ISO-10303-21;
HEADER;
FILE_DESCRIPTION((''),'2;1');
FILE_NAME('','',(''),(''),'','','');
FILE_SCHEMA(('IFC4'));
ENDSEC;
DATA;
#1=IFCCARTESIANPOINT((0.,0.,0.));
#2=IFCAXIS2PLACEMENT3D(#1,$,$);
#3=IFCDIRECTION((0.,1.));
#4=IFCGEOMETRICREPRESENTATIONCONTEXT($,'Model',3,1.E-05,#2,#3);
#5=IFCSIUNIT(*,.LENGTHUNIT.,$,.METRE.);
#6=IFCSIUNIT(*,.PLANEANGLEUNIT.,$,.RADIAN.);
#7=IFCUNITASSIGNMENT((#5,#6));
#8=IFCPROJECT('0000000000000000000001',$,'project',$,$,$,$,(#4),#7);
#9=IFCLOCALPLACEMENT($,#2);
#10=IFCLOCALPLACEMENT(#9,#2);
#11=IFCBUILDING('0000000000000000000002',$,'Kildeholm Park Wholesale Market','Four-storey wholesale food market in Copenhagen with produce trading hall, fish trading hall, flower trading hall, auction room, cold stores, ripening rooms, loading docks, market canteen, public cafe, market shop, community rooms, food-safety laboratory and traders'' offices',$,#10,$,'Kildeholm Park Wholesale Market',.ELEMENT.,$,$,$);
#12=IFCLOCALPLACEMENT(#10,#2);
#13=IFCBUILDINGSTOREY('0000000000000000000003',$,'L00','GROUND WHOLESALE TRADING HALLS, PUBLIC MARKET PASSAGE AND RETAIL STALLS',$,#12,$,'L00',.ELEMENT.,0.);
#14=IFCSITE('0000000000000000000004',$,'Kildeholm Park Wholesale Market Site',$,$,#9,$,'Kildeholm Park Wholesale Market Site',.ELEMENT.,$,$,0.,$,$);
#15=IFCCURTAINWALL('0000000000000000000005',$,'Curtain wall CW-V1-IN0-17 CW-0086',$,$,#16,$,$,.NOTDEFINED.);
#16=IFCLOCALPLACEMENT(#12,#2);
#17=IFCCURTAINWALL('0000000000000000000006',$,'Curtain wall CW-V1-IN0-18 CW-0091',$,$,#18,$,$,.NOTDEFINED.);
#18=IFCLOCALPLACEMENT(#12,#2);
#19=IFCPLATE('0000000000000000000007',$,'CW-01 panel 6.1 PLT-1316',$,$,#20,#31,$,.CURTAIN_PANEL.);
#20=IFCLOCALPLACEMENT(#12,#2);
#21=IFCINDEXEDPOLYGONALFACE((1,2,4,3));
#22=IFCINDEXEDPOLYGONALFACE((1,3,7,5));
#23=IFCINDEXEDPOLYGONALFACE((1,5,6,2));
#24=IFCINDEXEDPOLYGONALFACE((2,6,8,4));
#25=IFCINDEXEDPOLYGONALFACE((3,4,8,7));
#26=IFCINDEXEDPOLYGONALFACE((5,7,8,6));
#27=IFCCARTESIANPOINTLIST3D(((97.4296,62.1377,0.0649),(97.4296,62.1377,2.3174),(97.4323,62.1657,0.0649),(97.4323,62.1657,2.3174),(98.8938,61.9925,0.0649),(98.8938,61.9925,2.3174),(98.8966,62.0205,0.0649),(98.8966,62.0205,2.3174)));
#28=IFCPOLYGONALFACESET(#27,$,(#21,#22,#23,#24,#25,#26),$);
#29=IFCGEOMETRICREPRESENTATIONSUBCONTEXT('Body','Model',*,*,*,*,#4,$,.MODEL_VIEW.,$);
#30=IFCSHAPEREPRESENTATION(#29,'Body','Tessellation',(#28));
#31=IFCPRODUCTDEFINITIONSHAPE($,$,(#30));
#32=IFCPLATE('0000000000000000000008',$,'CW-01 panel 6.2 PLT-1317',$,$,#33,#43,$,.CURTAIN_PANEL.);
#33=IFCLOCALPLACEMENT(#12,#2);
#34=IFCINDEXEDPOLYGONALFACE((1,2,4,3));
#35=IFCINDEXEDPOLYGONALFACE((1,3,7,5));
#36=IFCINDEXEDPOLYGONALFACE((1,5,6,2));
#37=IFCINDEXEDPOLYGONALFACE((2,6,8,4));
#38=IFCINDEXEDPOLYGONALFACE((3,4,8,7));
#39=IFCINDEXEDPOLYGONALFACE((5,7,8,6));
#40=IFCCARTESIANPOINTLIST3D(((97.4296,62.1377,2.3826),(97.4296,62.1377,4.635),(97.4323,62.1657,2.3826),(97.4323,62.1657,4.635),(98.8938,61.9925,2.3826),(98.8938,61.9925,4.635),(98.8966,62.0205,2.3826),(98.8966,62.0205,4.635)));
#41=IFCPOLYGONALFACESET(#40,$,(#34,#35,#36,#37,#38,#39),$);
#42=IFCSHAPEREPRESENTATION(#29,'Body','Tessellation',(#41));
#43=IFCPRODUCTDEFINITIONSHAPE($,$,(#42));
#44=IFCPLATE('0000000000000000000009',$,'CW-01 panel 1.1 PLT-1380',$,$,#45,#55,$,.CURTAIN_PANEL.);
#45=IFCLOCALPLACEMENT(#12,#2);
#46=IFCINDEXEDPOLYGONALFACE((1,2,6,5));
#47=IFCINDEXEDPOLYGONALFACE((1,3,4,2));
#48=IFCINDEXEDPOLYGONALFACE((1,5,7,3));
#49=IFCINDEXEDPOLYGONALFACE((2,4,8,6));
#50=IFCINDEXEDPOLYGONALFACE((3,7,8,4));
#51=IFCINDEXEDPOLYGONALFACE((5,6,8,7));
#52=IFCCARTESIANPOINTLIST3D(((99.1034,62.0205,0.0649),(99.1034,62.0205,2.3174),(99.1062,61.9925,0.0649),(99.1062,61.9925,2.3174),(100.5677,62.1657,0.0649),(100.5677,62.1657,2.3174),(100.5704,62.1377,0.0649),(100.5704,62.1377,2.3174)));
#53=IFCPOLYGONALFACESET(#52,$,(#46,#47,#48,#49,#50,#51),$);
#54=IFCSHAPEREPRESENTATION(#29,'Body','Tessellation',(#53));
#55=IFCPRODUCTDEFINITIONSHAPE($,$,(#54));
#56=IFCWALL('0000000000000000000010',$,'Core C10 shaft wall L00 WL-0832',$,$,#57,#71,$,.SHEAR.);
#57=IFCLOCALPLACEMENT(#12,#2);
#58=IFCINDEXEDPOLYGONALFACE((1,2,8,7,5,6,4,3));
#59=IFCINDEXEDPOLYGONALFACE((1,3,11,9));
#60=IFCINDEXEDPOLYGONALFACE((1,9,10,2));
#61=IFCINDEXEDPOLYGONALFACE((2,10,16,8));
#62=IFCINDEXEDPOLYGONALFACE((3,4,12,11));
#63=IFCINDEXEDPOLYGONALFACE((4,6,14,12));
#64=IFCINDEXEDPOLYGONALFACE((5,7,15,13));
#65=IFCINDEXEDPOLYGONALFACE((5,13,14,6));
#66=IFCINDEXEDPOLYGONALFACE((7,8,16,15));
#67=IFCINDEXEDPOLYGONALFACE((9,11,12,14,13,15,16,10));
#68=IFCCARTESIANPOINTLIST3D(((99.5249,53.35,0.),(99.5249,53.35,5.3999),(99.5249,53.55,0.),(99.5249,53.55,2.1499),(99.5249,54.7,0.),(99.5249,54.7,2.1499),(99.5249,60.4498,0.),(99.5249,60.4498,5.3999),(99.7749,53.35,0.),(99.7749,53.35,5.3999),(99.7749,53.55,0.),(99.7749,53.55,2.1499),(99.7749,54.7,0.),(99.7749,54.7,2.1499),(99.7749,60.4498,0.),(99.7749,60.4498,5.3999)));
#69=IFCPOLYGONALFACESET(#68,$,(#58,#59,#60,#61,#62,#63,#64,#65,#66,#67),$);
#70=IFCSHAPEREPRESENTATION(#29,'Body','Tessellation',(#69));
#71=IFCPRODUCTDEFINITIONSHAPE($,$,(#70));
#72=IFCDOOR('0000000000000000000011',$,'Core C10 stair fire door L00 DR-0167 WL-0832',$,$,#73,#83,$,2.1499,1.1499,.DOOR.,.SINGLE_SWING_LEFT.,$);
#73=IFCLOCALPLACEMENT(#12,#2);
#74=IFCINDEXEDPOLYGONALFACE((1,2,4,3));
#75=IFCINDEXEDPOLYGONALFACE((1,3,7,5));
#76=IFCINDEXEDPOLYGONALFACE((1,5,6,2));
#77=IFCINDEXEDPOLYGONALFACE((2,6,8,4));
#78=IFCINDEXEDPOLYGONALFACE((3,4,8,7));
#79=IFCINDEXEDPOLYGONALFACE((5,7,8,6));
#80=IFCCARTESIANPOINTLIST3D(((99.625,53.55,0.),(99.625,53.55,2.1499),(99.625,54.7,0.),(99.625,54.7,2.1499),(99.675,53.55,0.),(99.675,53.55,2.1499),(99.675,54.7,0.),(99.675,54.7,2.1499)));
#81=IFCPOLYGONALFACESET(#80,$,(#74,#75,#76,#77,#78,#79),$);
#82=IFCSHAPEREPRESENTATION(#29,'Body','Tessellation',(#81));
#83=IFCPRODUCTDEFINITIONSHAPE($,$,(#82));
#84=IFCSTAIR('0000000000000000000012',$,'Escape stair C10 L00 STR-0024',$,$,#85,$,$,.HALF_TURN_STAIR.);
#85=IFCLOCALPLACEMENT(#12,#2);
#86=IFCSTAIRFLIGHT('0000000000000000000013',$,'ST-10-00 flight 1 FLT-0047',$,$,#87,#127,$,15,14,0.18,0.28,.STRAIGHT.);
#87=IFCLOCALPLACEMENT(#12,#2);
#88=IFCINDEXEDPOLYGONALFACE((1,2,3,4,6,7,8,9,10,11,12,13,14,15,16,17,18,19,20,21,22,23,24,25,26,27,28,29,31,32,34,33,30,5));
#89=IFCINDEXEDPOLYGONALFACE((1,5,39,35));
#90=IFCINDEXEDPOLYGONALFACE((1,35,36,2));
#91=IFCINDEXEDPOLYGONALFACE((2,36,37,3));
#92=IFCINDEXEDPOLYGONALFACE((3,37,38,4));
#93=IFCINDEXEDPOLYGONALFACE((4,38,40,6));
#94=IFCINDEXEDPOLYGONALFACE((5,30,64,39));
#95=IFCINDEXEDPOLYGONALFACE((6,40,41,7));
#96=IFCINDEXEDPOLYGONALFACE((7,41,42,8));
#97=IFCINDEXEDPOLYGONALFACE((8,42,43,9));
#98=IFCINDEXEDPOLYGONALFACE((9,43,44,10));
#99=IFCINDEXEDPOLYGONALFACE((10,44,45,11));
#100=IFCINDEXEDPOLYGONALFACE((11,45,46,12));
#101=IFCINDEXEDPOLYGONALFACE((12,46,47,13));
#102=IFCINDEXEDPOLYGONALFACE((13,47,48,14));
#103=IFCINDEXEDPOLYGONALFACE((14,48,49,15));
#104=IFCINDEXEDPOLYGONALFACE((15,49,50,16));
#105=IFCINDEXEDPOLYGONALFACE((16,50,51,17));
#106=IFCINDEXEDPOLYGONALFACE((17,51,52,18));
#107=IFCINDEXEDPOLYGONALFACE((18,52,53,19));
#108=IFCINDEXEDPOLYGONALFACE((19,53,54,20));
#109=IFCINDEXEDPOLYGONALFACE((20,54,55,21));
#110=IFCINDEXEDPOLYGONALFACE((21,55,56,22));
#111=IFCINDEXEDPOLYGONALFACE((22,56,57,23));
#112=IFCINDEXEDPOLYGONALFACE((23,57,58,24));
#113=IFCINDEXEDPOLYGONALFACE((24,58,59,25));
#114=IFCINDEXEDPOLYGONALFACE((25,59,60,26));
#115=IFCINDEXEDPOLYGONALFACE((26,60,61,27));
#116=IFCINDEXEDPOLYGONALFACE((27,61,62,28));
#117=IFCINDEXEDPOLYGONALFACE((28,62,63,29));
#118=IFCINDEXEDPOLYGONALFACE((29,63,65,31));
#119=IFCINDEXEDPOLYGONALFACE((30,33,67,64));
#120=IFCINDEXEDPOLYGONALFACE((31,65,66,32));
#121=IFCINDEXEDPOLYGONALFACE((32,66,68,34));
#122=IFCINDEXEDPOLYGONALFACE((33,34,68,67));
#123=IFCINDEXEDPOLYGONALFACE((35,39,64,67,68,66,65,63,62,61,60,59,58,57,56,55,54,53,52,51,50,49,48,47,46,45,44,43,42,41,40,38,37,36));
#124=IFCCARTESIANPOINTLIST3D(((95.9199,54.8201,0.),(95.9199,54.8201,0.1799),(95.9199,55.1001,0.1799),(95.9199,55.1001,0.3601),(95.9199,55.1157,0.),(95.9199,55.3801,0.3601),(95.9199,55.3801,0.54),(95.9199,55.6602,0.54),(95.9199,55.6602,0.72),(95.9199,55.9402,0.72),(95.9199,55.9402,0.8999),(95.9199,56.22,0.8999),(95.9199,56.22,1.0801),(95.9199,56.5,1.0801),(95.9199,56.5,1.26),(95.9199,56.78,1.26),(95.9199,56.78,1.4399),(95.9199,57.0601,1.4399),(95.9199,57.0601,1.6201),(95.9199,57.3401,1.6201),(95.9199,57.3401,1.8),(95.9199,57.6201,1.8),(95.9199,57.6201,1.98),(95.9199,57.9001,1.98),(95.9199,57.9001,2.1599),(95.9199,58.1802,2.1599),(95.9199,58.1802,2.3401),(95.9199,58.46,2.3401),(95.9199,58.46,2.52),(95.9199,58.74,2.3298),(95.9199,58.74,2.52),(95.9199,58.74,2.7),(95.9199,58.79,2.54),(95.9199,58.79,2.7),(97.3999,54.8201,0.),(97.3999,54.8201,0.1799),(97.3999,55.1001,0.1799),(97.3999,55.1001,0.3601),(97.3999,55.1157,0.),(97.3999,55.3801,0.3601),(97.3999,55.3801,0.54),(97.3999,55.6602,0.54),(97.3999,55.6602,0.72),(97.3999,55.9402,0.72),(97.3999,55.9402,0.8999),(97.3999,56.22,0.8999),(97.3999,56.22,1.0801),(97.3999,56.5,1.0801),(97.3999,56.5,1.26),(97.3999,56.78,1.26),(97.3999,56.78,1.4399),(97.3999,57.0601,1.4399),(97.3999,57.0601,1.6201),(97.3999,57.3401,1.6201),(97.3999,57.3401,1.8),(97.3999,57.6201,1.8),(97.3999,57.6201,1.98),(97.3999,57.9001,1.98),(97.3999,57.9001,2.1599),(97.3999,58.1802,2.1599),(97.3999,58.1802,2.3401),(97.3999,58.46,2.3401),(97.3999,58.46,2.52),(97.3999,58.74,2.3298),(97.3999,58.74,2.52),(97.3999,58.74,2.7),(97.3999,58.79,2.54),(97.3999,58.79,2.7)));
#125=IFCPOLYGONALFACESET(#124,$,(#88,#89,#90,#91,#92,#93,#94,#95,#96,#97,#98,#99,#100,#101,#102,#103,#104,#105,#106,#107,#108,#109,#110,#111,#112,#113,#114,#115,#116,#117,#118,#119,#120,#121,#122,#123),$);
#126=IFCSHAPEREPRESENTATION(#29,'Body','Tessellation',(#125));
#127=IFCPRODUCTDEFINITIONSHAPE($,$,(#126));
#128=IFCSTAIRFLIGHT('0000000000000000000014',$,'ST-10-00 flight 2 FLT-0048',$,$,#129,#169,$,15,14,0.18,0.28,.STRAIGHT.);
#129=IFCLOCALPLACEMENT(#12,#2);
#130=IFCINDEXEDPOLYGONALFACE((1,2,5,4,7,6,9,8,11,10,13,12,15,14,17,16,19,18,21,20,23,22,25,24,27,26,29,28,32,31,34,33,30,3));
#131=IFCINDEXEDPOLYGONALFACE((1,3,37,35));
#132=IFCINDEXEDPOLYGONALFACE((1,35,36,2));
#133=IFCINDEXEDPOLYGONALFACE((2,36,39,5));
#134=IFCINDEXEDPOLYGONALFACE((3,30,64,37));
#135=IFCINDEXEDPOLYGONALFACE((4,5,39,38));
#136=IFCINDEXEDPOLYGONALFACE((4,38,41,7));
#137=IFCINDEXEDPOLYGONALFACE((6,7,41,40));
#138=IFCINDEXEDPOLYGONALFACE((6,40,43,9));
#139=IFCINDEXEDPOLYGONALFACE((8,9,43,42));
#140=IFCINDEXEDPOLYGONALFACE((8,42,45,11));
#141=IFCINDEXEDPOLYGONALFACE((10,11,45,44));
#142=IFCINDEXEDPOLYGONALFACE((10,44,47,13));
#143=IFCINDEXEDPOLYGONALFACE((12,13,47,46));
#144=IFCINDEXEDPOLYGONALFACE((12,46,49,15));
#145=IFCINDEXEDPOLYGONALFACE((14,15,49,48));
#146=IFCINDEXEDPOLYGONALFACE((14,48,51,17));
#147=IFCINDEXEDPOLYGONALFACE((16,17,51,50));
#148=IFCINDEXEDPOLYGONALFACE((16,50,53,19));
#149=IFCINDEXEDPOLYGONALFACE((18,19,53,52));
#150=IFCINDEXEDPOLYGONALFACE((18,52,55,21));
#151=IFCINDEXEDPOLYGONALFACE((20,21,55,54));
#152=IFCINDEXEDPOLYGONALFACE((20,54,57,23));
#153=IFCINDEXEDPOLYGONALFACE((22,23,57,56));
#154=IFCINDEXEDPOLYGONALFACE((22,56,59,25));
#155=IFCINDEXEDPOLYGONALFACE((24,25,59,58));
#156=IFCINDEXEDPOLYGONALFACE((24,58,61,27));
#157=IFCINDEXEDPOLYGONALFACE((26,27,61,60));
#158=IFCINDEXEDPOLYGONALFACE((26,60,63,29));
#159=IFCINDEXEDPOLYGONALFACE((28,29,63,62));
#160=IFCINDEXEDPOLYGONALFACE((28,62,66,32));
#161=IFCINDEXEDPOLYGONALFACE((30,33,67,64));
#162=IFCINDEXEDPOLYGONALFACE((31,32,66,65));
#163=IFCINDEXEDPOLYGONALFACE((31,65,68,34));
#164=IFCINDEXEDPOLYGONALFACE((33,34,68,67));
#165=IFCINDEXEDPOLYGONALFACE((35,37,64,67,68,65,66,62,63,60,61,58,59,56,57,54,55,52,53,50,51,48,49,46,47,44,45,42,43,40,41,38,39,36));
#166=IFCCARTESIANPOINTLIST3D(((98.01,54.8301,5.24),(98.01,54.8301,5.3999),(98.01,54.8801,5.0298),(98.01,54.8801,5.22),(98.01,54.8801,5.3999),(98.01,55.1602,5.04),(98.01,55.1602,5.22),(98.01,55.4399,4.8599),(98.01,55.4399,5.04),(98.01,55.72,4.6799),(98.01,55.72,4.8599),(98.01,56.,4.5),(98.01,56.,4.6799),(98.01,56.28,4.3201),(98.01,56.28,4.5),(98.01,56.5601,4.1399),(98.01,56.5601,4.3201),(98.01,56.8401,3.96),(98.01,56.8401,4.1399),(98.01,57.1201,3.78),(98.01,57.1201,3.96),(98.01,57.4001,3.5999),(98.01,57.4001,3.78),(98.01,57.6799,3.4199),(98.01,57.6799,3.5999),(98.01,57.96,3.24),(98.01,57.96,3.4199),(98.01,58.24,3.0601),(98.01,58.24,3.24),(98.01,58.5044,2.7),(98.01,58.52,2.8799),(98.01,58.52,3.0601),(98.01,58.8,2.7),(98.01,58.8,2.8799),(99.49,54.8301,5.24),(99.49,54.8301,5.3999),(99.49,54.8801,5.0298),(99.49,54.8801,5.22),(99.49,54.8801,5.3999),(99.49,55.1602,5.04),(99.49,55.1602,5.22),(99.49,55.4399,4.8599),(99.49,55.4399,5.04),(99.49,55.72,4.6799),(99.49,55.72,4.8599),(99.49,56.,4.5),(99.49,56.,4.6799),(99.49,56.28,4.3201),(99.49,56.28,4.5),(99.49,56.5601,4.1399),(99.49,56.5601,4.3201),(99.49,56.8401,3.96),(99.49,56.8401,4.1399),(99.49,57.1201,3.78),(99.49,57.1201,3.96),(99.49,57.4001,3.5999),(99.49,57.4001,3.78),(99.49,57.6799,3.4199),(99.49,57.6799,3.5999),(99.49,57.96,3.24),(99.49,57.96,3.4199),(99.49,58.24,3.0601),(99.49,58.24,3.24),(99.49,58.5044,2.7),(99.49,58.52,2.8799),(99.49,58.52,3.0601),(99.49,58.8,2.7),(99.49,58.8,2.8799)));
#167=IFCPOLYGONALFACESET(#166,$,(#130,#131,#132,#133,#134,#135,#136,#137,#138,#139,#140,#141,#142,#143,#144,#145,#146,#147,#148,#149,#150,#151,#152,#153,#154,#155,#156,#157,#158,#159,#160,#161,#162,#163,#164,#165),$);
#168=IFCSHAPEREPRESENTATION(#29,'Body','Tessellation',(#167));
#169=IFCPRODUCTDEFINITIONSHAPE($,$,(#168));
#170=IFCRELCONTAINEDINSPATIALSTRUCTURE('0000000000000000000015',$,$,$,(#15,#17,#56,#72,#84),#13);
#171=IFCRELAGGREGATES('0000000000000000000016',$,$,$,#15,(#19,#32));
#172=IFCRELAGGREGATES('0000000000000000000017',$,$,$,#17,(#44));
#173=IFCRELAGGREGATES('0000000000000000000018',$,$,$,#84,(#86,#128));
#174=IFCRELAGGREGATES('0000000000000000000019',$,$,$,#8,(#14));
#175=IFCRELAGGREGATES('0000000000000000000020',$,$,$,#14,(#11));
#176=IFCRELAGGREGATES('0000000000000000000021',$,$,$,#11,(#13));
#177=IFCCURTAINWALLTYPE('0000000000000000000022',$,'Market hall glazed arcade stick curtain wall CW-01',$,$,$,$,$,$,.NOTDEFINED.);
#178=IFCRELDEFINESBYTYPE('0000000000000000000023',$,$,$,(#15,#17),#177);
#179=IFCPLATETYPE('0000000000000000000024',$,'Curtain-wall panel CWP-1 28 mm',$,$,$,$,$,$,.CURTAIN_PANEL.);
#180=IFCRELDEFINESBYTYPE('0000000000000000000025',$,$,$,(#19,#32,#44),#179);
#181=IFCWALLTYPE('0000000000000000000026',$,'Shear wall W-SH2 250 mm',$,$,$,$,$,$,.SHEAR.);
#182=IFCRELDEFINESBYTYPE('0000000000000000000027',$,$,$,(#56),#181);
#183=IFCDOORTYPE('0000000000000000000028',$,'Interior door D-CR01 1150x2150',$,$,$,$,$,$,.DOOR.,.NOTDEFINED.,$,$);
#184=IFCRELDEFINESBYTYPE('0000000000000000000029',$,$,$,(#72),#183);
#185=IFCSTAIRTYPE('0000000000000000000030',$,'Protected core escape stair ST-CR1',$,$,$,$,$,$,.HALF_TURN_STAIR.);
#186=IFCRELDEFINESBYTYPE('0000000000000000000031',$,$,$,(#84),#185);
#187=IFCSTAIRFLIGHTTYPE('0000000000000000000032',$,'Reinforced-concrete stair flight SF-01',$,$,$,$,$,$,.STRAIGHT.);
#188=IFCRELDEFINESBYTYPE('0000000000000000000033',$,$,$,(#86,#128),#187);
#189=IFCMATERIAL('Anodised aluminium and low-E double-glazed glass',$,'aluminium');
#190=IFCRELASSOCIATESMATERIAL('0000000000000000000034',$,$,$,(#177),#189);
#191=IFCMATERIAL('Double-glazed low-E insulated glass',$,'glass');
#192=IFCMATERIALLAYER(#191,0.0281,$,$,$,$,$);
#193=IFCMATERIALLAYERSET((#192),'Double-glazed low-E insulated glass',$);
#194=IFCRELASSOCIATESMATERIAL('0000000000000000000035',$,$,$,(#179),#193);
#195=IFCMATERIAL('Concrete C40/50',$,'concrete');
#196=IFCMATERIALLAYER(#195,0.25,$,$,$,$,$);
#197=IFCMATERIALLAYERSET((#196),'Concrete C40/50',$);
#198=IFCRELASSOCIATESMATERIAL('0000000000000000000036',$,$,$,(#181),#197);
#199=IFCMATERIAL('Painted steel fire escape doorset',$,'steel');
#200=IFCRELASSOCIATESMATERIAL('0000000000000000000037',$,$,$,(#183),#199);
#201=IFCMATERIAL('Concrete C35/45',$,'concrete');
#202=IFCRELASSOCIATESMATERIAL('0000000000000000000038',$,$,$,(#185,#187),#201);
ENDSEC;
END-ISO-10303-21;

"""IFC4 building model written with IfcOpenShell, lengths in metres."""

from ifc_helpers import new_model, si_unit, direction, frame, frame_2d, origin, origin_2d, place, context, subcontext, project, spatial, polyline, rectangle, outline, extrude, material, layer, layer_set, type_object, element, fill, aggregate, save


model = new_model("IFC4")

# Units and contexts
model_context = context("Model", 3, precision=1e-05, world=origin(), true_north=direction((0.0, 1.0)))
body_context = subcontext(model_context, "Body", "Model", "MODEL_VIEW")
ifc_project = project(units=[si_unit("LENGTHUNIT", "METRE"), si_unit("PLANEANGLEUNIT", "RADIAN")], contexts=[model_context])

# Site, building, storey
site_placement = place(None, origin())
site = spatial("IfcSite", under=ifc_project, at=site_placement, Name="Kildeholm Park Wholesale Market Site", LongName="Kildeholm Park Wholesale Market Site", CompositionType="ELEMENT", RefElevation=0.0)
building_placement = place(site_placement, origin())
building = spatial("IfcBuilding", under=site, at=building_placement, Name="Kildeholm Park Wholesale Market", Description="Four-storey wholesale food market in Copenhagen with produce trading hall, fish trading hall, flower trading hall, auction room, cold stores, ripening rooms, loading docks, market canteen, public cafe, market shop, community rooms, food-safety laboratory and traders' offices", LongName="Kildeholm Park Wholesale Market", CompositionType="ELEMENT")
storey_placement = place(building_placement, origin())
storey = spatial("IfcBuildingStorey", under=building, at=storey_placement, Name="L00", Description="GROUND WHOLESALE TRADING HALLS, PUBLIC MARKET PASSAGE AND RETAIL STALLS", LongName="L00", CompositionType="ELEMENT", Elevation=0.0)

# Shared definitions
ifc_material_1 = material(Name="Concrete C35/45", Category="concrete")

# Curtain wall
ifc_material_2 = material(Name="Anodised aluminium and low-E double-glazed glass", Category="aluminium")
curtain_wall_type = type_object("IfcCurtainWallType", Name="Market hall glazed arcade stick curtain wall CW-01", PredefinedType="NOTDEFINED", material=ifc_material_2)
curtain_wall_1_placement = place(storey_placement, origin())
curtain_wall_1 = element("IfcCurtainWall", 1, at=curtain_wall_1_placement, inside=storey, type_object=curtain_wall_type, Name="Curtain wall CW-V1-IN0-17 CW-0086", PredefinedType="NOTDEFINED")

# Curtain wall
curtain_wall_2_placement = place(storey_placement, origin())
curtain_wall_2 = element("IfcCurtainWall", 2, at=curtain_wall_2_placement, inside=storey, type_object=curtain_wall_type, Name="Curtain wall CW-V1-IN0-18 CW-0091", PredefinedType="NOTDEFINED")

# Plates
ifc_material_3 = material(Name="Double-glazed low-E insulated glass", Category="glass")
ifc_layer_1 = layer(ifc_material_3, 0.0281)
ifc_layer_set_1 = layer_set([ifc_layer_1], Name="Double-glazed low-E insulated glass")
plate_type = type_object("IfcPlateType", Name="Curtain-wall panel CWP-1 28 mm", PredefinedType="CURTAIN_PANEL", material=ifc_layer_set_1)
plate_1_placement = place(storey_placement, frame((98.1631, 62.0791, 0.0649), z_axis=(0.0, 0.0, 1.0), x_axis=(0.995119, -0.098683, 0.0)))
plate_1 = element("IfcPlate", 3, at=plate_1_placement, type_object=plate_type, Name="CW-01 panel 6.1 PLT-1316", PredefinedType="CURTAIN_PANEL", context=body_context, shape_type="SweptSolid", body=[
    extrude(rectangle(XDim=1.4714, YDim=0.0281, at=origin_2d()), origin(), (0.0, 0.0, 1.0), 2.2524),
])
plate_2_placement = place(storey_placement, frame((98.1631, 62.0791, 2.3826), z_axis=(0.0, 0.0, 1.0), x_axis=(0.995119, -0.098683, 0.0)))
plate_2 = element("IfcPlate", 4, at=plate_2_placement, type_object=plate_type, Name="CW-01 panel 6.2 PLT-1317", PredefinedType="CURTAIN_PANEL", context=body_context, shape_type="SweptSolid", body=[
    extrude(rectangle(XDim=1.4714, YDim=0.0281, at=origin_2d()), origin(), (0.0, 0.0, 1.0), 2.2524),
])
aggregate(curtain_wall_1, [plate_1, plate_2])
plate_3_placement = place(storey_placement, frame((99.8369, 62.0791, 0.0649), z_axis=(0.0, 0.0, 1.0), x_axis=(0.995119, 0.098683, 0.0)))
plate_3 = element("IfcPlate", 5, at=plate_3_placement, type_object=plate_type, Name="CW-01 panel 1.1 PLT-1380", PredefinedType="CURTAIN_PANEL", context=body_context, shape_type="SweptSolid", body=[
    extrude(rectangle(XDim=1.4714, YDim=0.0281, at=origin_2d()), origin(), (0.0, 0.0, 1.0), 2.2524),
])
aggregate(curtain_wall_2, [plate_3])

# Wall, opening, door
ifc_material_4 = material(Name="Concrete C40/50", Category="concrete")
ifc_layer_2 = layer(ifc_material_4, 0.25)
ifc_layer_set_2 = layer_set([ifc_layer_2], Name="Concrete C40/50")
wall_type_1 = type_object("IfcWallType", Name="Shear wall W-SH2 250 mm", PredefinedType="SHEAR", material=ifc_layer_set_2)
wall_1_placement = place(storey_placement, frame((99.6499, 53.3501, 0.0), z_axis=(0.0, 0.0, 1.0), x_axis=(0.0, 1.0, 0.0)))
wall_1 = element("IfcWall", 6, at=wall_1_placement, inside=storey, type_object=wall_type_1, Name="Core C10 shaft wall L00 WL-0832", PredefinedType="SHEAR", context=body_context, shape_type="SweptSolid", body=[
    extrude(rectangle(XDim=7.0999, YDim=0.25, at=frame_2d((3.5498, 0.0))), origin(), (0.0, 0.0, 1.0), 5.3999),
])
opening_1_placement = place(wall_1_placement, frame((0.2, 0.0, 0.0)))
opening_1 = element("IfcOpeningElement", 7, at=opening_1_placement, cuts=wall_1, PredefinedType="OPENING", context=body_context, shape_type="SweptSolid", body=[
    extrude(rectangle(XDim=1.1499, YDim=2.1499, at=frame_2d((0.575, 1.075))), frame((0.0, 0.135, 0.0), z_axis=(0.0, -1.0, 0.0), x_axis=(1.0, 0.0, 0.0)), (0.0, 0.0, 1.0), 0.27),
])
ifc_material_5 = material(Name="Painted steel fire escape doorset", Category="steel")
door_type_1 = type_object("IfcDoorType", Name="Interior door D-CR01 1150x2150", OperationType="NOTDEFINED", PredefinedType="DOOR", material=ifc_material_5)
door_1_placement = place(opening_1_placement, origin())
door_1 = element("IfcDoor", 8, at=door_1_placement, inside=storey, type_object=door_type_1, Name="Core C10 stair fire door L00 DR-0167 WL-0832", OperationType="SINGLE_SWING_LEFT", OverallHeight=2.1499, OverallWidth=1.1499, PredefinedType="DOOR", context=body_context, shape_type="SweptSolid", body=[
    extrude(rectangle(XDim=1.1499, YDim=2.1499, at=frame_2d((0.575, 1.075))), frame((0.0, 0.0249, 0.0), z_axis=(0.0, -1.0, 0.0), x_axis=(1.0, 0.0, 0.0)), (0.0, 0.0, 1.0), 0.05),
])
fill(opening_1, door_1)

# Stair, stair flights
stair_type = type_object("IfcStairType", Name="Protected core escape stair ST-CR1", PredefinedType="HALF_TURN_STAIR", material=ifc_material_1)
stair_placement = place(storey_placement, origin())
stair = element("IfcStair", 9, at=stair_placement, inside=storey, type_object=stair_type, Name="Escape stair C10 L00 STR-0024", PredefinedType="HALF_TURN_STAIR")
stair_flight_type = type_object("IfcStairFlightType", Name="Reinforced-concrete stair flight SF-01", PredefinedType="STRAIGHT", material=ifc_material_1)
stair_flight_1_placement = place(storey_placement, frame((96.6599, 54.8201, 0.0), z_axis=(0.0, 0.0, 1.0), x_axis=(0.0, 1.0, 0.0)))
stair_flight_1 = element("IfcStairFlight", 10, at=stair_flight_1_placement, type_object=stair_flight_type, Name="ST-10-00 flight 1 FLT-0047", NumberOfRisers=15, NumberOfTreads=14, PredefinedType="STRAIGHT", RiserHeight=0.18, TreadLength=0.28, context=body_context, shape_type="SweptSolid", body=[
    extrude(outline(polyline([(0.0, 0.0), (0.0, 0.1799), (0.28, 0.1799), (0.28, 0.3601), (0.5601, 0.3601), (0.5601, 0.54), (0.8401, 0.54), (0.8401, 0.72), (1.1201, 0.72), (1.1201, 0.8999), (1.3999, 0.8999), (1.3999, 1.0801), (1.6799, 1.0801), (1.6799, 1.26), (1.96, 1.26), (1.96, 1.4399), (2.24, 1.4399), (2.24, 1.6201), (2.52, 1.6201), (2.52, 1.8), (2.8, 1.8), (2.8, 1.98), (3.0801, 1.98), (3.0801, 2.1599), (3.3601, 2.1599), (3.3601, 2.3401), (3.6399, 2.3401), (3.6399, 2.52), (3.9199, 2.52), (3.9199, 2.7), (3.97, 2.7), (3.97, 2.54), (3.9199, 2.3298), (0.2957, 0.0), (0.0, 0.0)])), frame((0.0, 0.74, 0.0), z_axis=(0.0, -1.0, 0.0), x_axis=(1.0, 0.0, 0.0)), (0.0, 0.0, 1.0), 1.48),
])
stair_flight_2_placement = place(storey_placement, frame((98.75, 58.8, 2.7), z_axis=(0.0, 0.0, 1.0), x_axis=(0.0, -1.0, 0.0)))
stair_flight_2 = element("IfcStairFlight", 11, at=stair_flight_2_placement, type_object=stair_flight_type, Name="ST-10-00 flight 2 FLT-0048", NumberOfRisers=15, NumberOfTreads=14, PredefinedType="STRAIGHT", RiserHeight=0.18, TreadLength=0.28, context=body_context, shape_type="SweptSolid", body=[
    extrude(outline(polyline([(0.0, 0.0), (0.0, 0.1799), (0.28, 0.1799), (0.28, 0.3601), (0.5601, 0.3601), (0.5601, 0.54), (0.8401, 0.54), (0.8401, 0.72), (1.1201, 0.72), (1.1201, 0.8999), (1.3999, 0.8999), (1.3999, 1.0801), (1.6799, 1.0801), (1.6799, 1.26), (1.96, 1.26), (1.96, 1.4399), (2.24, 1.4399), (2.24, 1.6201), (2.52, 1.6201), (2.52, 1.8), (2.8, 1.8), (2.8, 1.98), (3.0801, 1.98), (3.0801, 2.1599), (3.3601, 2.1599), (3.3601, 2.3401), (3.6399, 2.3401), (3.6399, 2.52), (3.9199, 2.52), (3.9199, 2.7), (3.97, 2.7), (3.97, 2.54), (3.9199, 2.3298), (0.2957, 0.0), (0.0, 0.0)])), frame((0.0, 0.74, 0.0), z_axis=(0.0, -1.0, 0.0), x_axis=(1.0, 0.0, 0.0)), (0.0, 0.0, 1.0), 1.48),
])
aggregate(stair, [stair_flight_1, stair_flight_2])

save(model, "model.ifc")
